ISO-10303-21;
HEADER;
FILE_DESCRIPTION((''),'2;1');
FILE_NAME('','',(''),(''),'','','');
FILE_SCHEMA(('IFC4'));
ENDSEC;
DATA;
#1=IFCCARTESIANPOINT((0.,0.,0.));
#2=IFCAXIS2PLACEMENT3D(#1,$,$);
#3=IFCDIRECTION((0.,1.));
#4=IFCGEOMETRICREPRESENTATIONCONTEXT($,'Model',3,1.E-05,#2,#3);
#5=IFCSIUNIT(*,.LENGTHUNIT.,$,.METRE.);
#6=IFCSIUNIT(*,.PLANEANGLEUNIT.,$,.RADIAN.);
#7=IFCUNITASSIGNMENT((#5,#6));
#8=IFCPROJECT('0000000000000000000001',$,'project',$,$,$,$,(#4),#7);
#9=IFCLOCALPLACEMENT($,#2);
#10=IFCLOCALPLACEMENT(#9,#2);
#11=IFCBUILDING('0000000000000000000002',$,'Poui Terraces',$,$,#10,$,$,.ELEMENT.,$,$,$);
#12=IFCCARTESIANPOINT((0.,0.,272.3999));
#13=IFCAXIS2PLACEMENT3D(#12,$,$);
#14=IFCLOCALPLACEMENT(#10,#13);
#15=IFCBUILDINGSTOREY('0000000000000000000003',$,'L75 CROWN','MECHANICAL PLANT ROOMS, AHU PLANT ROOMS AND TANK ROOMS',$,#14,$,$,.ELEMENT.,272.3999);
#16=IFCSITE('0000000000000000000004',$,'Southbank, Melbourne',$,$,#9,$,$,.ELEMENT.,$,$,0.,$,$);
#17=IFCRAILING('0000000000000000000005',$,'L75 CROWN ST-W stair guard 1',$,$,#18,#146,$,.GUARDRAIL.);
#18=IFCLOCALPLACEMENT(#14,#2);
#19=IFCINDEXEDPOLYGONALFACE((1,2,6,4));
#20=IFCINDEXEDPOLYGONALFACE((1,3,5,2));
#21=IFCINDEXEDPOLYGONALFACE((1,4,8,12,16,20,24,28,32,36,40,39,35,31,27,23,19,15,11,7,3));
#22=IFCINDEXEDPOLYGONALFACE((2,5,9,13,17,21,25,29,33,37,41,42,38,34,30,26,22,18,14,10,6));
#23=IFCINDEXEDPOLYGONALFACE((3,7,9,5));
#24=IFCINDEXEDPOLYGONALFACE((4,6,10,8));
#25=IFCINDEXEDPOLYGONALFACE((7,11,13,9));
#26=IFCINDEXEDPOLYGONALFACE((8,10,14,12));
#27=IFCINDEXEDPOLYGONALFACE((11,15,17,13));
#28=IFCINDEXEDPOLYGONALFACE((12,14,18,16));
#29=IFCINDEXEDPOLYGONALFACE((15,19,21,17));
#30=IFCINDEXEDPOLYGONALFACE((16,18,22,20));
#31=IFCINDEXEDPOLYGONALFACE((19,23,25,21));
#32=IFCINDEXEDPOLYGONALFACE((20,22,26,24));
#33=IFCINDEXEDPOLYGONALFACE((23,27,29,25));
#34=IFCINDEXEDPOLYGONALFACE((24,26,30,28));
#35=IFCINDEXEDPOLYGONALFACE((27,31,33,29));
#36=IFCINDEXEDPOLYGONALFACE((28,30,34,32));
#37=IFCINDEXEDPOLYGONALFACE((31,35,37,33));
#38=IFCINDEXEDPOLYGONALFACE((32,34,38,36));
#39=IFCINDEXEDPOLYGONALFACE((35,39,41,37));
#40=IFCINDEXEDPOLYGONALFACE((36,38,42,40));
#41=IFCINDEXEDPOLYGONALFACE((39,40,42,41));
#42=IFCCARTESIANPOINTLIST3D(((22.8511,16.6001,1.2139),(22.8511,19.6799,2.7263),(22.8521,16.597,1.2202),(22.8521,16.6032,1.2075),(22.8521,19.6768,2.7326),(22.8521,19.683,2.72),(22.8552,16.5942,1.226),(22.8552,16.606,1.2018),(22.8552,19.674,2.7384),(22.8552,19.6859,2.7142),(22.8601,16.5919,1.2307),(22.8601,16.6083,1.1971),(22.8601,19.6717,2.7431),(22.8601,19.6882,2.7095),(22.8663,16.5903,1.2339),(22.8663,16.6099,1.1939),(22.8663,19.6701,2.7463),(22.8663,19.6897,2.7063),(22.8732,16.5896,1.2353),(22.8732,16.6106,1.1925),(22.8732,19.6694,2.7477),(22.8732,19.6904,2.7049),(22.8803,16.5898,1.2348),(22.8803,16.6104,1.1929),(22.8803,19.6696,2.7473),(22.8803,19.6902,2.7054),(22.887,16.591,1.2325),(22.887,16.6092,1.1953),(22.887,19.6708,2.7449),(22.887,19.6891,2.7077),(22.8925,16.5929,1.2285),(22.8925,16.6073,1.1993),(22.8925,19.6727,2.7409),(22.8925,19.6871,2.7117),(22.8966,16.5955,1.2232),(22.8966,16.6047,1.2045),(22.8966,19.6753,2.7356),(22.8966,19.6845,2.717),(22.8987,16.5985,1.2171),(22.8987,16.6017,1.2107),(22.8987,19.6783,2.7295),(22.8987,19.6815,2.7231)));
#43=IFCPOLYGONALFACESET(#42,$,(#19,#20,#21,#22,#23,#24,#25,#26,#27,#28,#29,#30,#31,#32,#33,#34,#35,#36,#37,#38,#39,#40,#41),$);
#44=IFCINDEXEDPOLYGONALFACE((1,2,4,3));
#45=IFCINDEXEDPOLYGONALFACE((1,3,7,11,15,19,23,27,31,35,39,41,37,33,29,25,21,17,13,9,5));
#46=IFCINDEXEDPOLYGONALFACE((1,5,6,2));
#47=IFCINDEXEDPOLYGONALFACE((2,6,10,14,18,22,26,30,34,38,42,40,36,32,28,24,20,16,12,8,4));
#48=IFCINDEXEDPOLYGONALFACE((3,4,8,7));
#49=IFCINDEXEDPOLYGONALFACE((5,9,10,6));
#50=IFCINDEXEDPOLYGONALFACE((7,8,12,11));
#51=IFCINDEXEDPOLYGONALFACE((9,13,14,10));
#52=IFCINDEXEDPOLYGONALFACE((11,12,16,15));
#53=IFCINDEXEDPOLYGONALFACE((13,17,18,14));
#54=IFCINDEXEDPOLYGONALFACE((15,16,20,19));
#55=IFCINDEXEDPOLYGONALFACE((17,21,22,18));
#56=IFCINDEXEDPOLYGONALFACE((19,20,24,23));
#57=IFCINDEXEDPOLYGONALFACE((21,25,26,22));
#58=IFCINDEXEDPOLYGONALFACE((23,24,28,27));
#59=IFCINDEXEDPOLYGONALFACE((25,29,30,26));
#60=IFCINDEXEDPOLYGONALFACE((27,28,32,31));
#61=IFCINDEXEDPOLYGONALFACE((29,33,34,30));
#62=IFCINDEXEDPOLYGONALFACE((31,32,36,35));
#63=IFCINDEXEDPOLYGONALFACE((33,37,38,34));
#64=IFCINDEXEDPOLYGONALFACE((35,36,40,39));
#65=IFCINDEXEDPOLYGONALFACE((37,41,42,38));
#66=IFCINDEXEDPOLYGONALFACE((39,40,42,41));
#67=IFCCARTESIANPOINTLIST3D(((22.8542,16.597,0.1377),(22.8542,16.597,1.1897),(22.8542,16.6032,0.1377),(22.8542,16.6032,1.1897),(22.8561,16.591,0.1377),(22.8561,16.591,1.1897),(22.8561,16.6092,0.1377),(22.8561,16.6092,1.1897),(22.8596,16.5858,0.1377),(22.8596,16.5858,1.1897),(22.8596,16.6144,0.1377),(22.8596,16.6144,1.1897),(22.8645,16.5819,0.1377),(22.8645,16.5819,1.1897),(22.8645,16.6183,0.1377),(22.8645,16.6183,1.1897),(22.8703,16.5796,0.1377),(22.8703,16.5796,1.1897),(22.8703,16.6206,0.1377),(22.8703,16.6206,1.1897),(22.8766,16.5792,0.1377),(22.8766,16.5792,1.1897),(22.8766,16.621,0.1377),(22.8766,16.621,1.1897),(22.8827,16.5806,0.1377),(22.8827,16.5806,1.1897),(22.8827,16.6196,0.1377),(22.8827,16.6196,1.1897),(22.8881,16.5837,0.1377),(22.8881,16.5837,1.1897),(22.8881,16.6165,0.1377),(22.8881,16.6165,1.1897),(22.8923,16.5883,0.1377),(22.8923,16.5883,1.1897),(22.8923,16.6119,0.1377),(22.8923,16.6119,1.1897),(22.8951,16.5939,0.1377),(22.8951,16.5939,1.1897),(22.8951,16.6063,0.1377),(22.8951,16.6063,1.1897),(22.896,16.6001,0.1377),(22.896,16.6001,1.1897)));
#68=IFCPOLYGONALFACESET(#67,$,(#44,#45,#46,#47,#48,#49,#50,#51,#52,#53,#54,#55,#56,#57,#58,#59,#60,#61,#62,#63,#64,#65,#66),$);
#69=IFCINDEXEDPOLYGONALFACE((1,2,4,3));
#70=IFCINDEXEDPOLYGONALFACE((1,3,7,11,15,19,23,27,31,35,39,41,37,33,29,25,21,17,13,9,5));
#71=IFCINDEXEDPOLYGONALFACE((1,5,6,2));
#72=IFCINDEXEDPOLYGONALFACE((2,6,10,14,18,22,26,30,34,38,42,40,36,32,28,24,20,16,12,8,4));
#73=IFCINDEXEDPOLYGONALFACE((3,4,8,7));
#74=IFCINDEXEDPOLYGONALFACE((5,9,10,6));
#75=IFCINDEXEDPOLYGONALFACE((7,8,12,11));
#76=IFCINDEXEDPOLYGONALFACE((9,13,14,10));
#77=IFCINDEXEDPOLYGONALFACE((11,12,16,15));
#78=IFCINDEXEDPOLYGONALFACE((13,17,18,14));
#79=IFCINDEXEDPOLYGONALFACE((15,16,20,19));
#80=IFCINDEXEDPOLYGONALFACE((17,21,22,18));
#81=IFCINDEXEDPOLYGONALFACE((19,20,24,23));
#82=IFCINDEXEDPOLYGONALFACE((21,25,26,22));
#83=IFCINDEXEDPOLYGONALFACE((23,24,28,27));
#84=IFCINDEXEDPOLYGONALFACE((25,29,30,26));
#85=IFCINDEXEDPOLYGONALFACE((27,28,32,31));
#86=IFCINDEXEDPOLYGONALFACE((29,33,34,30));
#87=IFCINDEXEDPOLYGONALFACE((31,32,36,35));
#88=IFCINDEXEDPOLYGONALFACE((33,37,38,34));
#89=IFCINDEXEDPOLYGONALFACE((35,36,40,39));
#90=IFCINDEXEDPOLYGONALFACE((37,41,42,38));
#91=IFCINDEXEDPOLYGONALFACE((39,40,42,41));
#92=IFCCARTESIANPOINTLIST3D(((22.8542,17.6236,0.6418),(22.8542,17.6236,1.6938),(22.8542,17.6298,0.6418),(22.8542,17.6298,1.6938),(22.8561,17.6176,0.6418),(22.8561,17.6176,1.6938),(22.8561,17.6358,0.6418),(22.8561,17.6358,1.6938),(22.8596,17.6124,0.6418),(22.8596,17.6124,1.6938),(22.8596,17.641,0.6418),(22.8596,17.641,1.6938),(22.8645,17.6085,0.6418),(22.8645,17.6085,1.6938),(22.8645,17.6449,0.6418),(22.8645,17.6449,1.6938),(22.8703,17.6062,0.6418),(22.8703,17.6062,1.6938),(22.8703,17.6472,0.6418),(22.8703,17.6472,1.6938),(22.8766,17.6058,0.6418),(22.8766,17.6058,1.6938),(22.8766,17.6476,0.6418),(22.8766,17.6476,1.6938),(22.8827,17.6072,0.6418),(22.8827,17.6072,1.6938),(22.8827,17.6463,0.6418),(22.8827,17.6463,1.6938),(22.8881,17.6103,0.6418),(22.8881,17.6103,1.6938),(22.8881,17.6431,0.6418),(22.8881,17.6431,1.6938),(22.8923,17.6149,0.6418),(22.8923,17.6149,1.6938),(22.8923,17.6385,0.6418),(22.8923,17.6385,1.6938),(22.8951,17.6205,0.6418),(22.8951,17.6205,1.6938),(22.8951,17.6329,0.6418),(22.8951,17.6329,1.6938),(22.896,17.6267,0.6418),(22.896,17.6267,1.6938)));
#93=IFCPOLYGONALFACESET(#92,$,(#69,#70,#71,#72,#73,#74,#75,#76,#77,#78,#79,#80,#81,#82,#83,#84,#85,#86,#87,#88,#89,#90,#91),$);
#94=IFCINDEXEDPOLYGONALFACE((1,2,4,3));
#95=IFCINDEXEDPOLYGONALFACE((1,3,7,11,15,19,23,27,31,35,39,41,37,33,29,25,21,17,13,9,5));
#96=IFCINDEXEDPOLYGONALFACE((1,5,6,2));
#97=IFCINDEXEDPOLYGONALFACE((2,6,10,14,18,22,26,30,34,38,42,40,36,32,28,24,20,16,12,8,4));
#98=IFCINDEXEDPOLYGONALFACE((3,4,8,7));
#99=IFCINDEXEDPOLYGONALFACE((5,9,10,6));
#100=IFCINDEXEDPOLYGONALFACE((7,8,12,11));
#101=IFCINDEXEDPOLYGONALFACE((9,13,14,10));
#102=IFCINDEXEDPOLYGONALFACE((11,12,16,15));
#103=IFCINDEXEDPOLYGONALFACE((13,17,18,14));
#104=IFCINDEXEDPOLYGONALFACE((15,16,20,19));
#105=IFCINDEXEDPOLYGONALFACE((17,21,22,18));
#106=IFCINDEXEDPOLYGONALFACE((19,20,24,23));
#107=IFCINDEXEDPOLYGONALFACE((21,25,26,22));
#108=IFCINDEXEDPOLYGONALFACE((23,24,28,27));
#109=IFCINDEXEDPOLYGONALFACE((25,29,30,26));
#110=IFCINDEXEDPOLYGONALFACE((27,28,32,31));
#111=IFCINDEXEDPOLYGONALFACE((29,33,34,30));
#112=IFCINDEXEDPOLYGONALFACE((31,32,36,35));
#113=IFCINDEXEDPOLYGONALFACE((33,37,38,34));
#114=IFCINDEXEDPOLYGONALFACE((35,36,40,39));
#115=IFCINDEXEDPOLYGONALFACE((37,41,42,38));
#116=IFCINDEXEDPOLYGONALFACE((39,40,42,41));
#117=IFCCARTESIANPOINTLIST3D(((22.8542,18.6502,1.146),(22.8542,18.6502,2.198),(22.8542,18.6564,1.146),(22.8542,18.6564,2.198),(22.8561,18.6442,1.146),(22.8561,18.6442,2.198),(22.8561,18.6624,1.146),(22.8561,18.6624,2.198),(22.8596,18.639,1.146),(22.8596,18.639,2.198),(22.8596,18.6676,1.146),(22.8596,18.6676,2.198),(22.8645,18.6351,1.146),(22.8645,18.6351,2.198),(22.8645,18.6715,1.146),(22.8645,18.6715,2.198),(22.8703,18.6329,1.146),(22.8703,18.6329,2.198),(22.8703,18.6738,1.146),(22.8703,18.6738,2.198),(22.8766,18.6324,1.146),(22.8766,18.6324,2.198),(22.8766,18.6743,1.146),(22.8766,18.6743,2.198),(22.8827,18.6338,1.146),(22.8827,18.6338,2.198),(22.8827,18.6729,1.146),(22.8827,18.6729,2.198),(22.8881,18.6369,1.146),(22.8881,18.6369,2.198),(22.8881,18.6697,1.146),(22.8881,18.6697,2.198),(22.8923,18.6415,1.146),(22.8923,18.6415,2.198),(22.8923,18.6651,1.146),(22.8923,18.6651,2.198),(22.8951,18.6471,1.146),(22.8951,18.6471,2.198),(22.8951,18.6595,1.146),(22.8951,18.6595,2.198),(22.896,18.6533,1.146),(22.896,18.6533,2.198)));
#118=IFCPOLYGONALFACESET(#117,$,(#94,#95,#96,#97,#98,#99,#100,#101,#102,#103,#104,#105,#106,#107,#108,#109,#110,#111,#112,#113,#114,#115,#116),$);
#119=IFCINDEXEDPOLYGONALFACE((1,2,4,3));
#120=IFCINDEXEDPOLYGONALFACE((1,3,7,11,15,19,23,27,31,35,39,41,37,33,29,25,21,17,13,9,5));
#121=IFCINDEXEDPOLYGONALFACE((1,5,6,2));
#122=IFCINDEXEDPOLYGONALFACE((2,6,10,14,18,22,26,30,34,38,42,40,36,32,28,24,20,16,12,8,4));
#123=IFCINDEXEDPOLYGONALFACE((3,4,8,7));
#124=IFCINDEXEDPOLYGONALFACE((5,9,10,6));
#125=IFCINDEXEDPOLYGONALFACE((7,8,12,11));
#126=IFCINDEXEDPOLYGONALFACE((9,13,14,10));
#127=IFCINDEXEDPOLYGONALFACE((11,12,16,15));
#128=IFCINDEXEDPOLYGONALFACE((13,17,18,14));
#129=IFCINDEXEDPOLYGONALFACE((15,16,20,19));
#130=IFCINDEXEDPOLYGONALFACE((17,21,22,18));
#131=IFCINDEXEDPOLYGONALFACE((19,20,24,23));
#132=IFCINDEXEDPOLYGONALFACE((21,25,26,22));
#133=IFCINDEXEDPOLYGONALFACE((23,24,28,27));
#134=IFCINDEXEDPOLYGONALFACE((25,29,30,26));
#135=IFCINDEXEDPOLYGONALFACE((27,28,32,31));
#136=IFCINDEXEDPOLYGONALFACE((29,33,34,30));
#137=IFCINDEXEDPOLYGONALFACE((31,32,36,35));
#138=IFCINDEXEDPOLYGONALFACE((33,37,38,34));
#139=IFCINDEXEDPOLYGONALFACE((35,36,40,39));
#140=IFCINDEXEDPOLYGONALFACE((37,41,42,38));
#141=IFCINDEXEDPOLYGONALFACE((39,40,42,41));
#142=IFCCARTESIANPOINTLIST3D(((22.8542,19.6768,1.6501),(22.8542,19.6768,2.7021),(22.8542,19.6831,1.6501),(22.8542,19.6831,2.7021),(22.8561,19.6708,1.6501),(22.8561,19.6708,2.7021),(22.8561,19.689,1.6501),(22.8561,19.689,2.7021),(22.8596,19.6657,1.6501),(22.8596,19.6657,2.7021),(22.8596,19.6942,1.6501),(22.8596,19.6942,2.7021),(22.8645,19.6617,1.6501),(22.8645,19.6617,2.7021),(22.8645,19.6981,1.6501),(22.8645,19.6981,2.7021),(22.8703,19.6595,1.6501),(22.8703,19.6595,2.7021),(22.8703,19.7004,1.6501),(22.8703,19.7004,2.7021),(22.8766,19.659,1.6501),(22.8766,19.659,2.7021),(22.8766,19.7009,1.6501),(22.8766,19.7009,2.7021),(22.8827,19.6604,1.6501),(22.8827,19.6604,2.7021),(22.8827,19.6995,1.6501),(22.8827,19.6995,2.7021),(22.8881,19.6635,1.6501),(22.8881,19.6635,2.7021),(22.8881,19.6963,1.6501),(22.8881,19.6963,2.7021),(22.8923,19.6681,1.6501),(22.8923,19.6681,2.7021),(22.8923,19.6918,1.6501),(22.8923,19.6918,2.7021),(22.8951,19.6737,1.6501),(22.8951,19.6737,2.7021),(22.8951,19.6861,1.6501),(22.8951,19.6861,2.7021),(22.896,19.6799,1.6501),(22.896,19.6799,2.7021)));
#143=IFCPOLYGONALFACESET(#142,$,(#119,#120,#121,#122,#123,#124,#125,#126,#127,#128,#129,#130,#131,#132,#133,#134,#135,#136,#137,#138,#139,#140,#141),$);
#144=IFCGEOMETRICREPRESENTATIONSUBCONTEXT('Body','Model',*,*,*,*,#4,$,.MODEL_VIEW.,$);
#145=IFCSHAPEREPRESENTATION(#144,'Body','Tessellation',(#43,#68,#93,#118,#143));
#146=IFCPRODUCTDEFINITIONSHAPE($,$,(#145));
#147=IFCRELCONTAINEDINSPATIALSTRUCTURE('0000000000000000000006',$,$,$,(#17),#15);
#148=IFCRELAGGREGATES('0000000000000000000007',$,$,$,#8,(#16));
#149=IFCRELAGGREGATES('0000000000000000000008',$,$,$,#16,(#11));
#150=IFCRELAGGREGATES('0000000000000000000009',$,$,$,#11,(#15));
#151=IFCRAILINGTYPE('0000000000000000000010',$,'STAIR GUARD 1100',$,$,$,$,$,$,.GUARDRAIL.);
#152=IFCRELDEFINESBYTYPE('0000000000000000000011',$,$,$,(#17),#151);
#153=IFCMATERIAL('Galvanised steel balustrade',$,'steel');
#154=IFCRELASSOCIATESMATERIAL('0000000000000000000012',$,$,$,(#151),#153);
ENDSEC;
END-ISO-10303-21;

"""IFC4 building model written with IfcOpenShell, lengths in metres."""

from ifc_helpers import new_model, si_unit, direction, frame, origin, origin_2d, place, context, subcontext, project, spatial, circle, extrude, material, type_object, element, save


model = new_model("IFC4")

# Units and contexts
model_context = context("Model", 3, precision=1e-05, world=origin(), true_north=direction((0.0, 1.0)))
body_context = subcontext(model_context, "Body", "Model", "MODEL_VIEW")
ifc_project = project(units=[si_unit("LENGTHUNIT", "METRE"), si_unit("PLANEANGLEUNIT", "RADIAN")], contexts=[model_context])

# Site, building, storey
site_placement = place(None, origin())
site = spatial("IfcSite", under=ifc_project, at=site_placement, Name="Southbank, Melbourne", CompositionType="ELEMENT", RefElevation=0.0)
building_placement = place(site_placement, origin())
building = spatial("IfcBuilding", under=site, at=building_placement, Name="Poui Terraces", CompositionType="ELEMENT")
storey_placement = place(building_placement, frame((0.0, 0.0, 272.3999)))
storey = spatial("IfcBuildingStorey", under=building, at=storey_placement, Name="L75 CROWN", Description="MECHANICAL PLANT ROOMS, AHU PLANT ROOMS AND TANK ROOMS", CompositionType="ELEMENT", Elevation=272.3999)

# Railing
ifc_material_1 = material(Name="Galvanised steel balustrade", Category="steel")
railing_type_1 = type_object("IfcRailingType", Name="STAIR GUARD 1100", PredefinedType="GUARDRAIL", material=ifc_material_1)
railing_1_placement = place(storey_placement, frame((22.875, 16.6001, 0.1377)))
element("IfcRailing", 1, at=railing_1_placement, inside=storey, type_object=railing_type_1, Name="L75 CROWN ST-W stair guard 1", PredefinedType="GUARDRAIL", context=body_context, shape_type="SweptSolid", body=[
    extrude(circle(Radius=0.0239, at=origin_2d()), frame((0.0, 0.0, 1.0762), z_axis=(0.0, 0.897606, 0.440798), x_axis=(-1.0, 0.0, 0.0)), (0.0, 0.0, 1.0), 3.4312),
    extrude(circle(Radius=0.021, at=origin_2d()), origin(), (0.0, 0.0, 1.0), 1.052),
    extrude(circle(Radius=0.021, at=origin_2d()), frame((0.0, 1.0266, 0.5042)), (0.0, 0.0, 1.0), 1.052),
    extrude(circle(Radius=0.021, at=origin_2d()), frame((0.0, 2.0532, 1.0083)), (0.0, 0.0, 1.0), 1.052),
    extrude(circle(Radius=0.021, at=origin_2d()), frame((0.0, 3.0798, 1.5125)), (0.0, 0.0, 1.0), 1.052),
])

save(model, "model.ifc")
